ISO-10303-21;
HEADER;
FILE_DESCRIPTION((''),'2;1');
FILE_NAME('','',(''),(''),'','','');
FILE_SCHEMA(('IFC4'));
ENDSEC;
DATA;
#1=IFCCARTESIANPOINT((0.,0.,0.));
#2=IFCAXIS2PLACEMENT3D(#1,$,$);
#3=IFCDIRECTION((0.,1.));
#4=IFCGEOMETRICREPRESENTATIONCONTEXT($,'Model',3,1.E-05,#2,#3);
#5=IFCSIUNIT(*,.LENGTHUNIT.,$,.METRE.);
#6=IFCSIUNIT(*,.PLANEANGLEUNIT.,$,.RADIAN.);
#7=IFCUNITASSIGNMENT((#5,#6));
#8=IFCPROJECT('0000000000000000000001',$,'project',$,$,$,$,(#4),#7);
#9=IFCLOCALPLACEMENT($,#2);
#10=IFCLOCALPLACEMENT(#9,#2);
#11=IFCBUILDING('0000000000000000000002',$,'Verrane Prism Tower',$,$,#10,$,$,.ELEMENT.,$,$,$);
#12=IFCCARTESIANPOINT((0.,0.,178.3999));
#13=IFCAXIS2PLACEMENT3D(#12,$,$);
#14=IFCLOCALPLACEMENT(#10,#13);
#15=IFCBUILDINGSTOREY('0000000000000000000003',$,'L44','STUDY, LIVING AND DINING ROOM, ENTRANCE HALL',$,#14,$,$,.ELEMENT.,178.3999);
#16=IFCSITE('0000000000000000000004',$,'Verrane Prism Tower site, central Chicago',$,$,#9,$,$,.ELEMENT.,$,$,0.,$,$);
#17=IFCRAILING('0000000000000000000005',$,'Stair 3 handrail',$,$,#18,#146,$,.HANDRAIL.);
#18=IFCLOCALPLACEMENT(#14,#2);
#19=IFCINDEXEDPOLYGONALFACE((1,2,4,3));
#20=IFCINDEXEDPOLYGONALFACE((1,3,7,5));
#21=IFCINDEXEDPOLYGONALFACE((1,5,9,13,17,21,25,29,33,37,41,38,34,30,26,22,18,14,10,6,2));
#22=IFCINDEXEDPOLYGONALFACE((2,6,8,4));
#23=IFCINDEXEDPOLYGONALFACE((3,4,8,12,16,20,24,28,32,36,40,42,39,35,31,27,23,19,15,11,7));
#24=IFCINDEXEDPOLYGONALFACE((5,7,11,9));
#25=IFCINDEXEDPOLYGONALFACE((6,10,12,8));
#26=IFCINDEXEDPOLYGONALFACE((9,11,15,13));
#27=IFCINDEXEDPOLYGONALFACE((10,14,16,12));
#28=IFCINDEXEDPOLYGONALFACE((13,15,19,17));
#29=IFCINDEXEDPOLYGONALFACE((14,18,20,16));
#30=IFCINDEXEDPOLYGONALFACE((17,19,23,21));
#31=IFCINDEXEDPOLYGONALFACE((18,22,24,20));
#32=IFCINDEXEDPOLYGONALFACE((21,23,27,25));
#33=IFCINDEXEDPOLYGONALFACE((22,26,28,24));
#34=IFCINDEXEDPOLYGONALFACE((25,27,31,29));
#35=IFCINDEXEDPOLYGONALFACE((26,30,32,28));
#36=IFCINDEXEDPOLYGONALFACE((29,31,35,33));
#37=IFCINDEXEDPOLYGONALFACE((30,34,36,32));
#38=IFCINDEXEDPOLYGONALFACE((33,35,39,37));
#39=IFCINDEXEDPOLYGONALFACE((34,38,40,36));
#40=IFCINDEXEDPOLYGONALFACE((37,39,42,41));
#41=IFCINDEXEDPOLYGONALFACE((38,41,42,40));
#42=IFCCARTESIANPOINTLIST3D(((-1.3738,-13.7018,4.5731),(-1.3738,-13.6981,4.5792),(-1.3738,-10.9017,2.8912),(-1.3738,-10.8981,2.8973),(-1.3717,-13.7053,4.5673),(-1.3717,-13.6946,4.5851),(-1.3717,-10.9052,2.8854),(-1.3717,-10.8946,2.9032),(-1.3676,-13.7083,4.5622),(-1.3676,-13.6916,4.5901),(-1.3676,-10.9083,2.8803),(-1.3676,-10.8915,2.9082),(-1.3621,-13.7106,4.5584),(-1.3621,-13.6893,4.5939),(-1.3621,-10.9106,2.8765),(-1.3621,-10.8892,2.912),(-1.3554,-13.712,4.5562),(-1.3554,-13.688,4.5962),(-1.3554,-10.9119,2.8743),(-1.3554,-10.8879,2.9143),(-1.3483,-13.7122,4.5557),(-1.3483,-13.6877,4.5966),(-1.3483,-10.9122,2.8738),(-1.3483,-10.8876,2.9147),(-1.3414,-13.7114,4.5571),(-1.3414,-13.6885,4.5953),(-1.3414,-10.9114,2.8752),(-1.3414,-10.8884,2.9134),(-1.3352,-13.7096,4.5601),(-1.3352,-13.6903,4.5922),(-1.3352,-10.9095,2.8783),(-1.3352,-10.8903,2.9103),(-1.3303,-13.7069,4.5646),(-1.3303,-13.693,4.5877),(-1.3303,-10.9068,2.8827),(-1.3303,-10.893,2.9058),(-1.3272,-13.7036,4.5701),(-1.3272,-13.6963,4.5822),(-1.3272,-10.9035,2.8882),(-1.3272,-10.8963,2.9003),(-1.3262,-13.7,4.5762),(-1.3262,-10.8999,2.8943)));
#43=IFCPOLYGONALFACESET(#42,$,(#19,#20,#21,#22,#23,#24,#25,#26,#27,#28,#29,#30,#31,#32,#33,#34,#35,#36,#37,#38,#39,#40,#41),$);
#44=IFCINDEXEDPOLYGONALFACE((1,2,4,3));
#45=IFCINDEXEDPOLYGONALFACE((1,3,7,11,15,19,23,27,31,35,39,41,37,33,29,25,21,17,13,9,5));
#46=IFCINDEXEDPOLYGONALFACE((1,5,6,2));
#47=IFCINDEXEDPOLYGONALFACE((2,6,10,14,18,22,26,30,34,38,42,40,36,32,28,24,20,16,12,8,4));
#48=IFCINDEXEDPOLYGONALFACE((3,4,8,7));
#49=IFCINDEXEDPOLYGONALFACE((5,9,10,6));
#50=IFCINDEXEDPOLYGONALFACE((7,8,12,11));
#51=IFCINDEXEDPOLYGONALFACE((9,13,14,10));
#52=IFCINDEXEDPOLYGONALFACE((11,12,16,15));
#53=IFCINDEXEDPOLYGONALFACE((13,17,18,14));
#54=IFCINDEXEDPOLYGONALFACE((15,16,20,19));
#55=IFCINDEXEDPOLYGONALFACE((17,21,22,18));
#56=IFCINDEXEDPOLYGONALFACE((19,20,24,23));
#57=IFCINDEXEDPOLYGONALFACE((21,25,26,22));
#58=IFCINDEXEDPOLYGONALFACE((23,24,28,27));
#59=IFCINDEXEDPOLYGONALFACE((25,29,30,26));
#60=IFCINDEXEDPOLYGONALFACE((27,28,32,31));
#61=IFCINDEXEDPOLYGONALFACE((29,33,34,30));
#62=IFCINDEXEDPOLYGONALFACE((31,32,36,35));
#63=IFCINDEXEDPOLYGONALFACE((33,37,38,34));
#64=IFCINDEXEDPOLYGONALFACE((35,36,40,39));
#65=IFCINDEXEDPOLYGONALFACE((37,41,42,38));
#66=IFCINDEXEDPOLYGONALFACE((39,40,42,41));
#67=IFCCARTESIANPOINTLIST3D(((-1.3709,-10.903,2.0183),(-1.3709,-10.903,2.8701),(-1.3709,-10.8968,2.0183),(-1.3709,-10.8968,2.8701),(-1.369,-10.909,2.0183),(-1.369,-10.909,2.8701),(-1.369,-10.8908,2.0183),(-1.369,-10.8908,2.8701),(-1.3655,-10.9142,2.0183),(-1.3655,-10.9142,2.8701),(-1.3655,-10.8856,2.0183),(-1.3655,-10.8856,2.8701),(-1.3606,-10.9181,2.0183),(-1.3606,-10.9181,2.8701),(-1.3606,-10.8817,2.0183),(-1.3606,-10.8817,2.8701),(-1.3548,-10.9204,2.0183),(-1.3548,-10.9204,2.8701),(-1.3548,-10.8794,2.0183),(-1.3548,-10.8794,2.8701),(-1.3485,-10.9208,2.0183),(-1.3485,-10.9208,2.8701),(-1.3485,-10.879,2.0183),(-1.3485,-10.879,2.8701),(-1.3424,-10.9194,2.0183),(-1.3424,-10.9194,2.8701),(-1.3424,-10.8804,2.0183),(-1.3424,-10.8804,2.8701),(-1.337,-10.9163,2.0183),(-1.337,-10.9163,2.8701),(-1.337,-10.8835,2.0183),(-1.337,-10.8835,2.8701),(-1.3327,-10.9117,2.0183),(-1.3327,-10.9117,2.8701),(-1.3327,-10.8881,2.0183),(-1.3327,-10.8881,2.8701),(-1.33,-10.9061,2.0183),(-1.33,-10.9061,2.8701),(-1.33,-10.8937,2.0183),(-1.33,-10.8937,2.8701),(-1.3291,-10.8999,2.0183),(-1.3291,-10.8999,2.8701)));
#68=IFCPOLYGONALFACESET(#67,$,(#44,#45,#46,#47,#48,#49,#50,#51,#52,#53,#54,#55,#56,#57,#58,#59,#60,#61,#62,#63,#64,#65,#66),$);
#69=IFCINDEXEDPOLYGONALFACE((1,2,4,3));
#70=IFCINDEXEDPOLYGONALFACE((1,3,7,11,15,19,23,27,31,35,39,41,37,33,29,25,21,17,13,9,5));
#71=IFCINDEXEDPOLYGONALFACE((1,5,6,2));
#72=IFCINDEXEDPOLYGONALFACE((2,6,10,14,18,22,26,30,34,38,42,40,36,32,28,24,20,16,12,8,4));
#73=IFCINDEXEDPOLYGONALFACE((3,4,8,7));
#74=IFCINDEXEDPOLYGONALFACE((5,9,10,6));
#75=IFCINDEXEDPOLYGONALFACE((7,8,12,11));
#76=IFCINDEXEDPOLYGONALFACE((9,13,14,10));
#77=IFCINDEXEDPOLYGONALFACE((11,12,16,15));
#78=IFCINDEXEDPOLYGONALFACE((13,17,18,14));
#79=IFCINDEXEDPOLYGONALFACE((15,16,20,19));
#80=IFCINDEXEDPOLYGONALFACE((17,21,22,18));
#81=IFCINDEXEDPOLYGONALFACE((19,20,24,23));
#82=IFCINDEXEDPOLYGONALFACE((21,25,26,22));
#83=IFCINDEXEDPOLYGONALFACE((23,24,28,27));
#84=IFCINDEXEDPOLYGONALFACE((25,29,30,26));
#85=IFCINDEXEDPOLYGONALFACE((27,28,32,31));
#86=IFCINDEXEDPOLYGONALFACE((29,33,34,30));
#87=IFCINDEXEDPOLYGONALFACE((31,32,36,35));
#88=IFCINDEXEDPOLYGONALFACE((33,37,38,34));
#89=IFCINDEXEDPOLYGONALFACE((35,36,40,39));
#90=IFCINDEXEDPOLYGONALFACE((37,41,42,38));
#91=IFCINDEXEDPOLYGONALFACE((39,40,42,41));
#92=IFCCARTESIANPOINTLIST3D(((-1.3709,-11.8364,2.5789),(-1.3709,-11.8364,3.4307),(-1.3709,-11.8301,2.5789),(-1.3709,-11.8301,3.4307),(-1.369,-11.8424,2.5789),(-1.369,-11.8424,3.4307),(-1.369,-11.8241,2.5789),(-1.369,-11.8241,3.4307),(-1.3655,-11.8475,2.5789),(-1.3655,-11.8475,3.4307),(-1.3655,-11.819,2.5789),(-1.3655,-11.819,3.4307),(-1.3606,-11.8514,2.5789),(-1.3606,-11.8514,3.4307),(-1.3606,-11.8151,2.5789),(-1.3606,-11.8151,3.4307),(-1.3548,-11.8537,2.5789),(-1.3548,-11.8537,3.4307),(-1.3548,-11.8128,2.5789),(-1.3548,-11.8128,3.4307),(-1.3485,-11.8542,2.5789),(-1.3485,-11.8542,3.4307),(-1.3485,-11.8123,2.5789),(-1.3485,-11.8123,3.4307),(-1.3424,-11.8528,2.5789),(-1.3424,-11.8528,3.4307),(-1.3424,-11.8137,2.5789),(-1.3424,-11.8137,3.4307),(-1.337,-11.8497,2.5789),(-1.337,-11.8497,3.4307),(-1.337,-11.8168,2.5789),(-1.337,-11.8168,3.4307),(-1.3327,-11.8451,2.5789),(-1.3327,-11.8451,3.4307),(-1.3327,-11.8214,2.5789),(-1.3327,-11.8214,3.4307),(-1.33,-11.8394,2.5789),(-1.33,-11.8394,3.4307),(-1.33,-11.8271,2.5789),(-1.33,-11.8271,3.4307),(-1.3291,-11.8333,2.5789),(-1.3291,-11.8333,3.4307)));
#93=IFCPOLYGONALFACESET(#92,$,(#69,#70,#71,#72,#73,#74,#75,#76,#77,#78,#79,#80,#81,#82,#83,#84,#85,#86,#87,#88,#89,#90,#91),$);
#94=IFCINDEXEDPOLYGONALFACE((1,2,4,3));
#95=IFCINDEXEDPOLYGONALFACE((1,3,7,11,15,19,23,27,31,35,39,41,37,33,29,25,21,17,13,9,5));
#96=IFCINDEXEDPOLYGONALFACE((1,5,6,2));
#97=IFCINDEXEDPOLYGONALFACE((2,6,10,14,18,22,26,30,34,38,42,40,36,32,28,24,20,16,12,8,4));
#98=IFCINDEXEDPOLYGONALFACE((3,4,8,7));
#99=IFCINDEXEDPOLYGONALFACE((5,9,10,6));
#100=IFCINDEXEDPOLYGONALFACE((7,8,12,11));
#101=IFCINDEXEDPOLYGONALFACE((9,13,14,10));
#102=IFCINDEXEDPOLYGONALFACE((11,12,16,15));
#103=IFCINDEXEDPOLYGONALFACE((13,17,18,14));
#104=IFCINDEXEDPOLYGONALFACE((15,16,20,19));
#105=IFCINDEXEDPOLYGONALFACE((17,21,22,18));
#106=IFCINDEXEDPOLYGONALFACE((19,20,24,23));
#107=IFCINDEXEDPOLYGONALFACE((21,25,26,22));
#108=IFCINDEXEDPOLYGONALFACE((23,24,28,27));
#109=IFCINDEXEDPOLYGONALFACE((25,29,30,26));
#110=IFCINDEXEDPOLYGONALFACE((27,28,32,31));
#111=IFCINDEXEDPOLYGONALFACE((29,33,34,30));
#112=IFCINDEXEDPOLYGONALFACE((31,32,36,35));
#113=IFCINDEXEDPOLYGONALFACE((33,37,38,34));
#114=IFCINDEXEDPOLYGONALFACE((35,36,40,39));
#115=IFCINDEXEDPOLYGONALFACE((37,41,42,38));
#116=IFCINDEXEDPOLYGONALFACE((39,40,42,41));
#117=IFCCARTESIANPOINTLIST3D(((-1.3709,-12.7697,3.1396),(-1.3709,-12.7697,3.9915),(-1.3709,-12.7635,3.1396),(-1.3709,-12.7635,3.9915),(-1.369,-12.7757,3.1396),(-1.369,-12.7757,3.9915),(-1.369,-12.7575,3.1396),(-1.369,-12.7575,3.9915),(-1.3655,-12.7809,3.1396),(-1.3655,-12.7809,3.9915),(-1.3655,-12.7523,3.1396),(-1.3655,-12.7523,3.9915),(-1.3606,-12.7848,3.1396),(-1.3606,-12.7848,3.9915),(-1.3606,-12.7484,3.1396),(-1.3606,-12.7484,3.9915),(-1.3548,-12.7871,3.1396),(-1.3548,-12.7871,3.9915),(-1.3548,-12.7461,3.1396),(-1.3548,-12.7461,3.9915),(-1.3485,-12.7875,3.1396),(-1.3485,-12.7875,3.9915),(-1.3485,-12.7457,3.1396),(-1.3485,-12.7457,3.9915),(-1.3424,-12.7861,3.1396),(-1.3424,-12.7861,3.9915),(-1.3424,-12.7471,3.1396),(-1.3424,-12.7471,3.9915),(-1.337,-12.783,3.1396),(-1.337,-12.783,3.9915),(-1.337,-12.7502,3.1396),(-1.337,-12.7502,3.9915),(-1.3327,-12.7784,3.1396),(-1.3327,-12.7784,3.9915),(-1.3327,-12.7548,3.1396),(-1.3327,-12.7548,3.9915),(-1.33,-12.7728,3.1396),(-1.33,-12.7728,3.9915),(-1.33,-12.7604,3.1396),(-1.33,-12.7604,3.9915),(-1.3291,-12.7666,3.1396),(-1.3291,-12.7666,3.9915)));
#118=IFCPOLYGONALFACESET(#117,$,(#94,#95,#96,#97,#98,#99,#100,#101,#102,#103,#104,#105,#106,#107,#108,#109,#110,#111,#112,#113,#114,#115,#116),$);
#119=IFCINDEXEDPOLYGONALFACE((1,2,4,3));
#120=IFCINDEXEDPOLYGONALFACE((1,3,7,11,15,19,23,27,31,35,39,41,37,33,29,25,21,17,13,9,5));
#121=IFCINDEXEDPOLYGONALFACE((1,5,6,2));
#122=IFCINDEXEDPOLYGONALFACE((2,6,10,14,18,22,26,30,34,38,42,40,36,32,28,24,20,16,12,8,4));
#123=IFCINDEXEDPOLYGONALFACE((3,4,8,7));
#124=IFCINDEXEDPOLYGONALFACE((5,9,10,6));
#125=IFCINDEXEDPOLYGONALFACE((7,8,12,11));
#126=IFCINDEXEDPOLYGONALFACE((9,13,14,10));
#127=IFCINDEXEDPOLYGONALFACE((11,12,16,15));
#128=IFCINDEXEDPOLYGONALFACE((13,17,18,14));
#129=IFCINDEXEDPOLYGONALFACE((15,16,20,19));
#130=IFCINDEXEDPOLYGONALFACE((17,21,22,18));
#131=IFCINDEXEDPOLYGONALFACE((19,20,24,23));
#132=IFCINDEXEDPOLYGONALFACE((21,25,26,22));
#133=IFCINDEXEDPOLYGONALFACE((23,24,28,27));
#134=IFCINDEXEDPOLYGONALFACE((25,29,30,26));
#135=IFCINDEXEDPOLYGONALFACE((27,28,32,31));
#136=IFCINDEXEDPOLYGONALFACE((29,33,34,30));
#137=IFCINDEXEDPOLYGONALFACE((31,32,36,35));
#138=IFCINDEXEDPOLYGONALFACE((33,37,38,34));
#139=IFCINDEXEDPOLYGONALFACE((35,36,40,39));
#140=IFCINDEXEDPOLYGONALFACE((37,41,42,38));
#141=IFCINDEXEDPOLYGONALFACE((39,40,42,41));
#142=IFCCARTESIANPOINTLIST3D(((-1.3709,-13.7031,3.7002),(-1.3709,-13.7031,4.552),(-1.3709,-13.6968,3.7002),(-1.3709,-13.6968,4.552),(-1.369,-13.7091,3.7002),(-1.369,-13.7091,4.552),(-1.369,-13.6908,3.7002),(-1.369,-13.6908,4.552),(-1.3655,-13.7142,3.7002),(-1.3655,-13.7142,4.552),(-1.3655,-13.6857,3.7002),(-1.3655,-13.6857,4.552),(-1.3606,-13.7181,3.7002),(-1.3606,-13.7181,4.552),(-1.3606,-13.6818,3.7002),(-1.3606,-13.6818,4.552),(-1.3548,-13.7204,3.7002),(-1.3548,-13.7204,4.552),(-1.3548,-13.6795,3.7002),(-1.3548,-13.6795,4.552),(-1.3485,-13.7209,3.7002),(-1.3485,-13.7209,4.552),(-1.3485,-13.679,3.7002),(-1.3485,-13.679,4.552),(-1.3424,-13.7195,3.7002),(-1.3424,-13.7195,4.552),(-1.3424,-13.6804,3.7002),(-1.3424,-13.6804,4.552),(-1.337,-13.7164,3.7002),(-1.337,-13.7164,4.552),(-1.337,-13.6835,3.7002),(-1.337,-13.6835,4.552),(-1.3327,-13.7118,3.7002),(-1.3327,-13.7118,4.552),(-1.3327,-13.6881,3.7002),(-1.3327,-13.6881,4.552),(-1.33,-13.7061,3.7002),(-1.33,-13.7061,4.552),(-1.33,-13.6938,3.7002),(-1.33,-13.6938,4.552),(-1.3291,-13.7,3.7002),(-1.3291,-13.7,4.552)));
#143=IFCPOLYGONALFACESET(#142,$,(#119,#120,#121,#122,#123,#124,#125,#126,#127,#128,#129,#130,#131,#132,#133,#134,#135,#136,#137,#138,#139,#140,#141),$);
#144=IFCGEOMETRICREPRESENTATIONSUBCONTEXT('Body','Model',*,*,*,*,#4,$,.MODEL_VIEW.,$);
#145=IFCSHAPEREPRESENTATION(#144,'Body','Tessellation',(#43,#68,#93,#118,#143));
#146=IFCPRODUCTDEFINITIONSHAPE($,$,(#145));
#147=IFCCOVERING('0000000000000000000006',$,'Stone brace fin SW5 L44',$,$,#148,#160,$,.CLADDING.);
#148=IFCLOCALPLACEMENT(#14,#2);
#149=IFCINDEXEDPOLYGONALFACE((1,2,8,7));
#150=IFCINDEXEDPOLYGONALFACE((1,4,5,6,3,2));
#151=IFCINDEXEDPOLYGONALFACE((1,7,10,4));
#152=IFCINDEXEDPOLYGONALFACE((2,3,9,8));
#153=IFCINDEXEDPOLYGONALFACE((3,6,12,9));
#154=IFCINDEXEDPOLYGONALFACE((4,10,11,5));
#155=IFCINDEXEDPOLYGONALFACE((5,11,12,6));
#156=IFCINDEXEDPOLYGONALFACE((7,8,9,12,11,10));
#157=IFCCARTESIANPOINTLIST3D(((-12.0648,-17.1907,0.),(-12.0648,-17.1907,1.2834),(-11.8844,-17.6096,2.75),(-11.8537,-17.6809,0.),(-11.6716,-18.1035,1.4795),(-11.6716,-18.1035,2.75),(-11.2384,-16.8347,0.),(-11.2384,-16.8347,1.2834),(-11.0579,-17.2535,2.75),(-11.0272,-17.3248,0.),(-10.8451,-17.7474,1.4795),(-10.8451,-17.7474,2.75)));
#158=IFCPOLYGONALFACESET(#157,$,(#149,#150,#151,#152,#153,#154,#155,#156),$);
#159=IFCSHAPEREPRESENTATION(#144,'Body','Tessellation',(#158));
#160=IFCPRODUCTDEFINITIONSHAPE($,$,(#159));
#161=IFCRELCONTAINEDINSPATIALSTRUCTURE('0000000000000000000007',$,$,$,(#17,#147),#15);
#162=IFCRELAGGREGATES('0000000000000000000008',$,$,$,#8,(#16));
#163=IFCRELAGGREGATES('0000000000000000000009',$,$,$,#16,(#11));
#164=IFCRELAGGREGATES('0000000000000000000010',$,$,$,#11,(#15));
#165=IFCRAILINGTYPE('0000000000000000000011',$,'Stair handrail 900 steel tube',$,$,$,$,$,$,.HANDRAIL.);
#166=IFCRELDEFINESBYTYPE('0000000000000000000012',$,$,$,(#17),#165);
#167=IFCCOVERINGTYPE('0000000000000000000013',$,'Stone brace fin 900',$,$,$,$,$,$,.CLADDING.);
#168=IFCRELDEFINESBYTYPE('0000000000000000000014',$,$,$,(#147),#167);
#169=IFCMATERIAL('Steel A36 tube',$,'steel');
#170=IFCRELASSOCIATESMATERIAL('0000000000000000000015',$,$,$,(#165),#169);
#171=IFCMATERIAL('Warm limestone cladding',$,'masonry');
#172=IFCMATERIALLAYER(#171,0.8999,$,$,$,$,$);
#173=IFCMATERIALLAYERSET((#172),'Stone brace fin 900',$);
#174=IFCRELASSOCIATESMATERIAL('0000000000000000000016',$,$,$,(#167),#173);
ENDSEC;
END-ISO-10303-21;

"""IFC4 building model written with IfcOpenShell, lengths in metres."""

from ifc_helpers import new_model, si_unit, direction, frame, origin, origin_2d, place, context, subcontext, project, spatial, polyline, circle, outline, extrude, material, layer, layer_set, type_object, element, save


model = new_model("IFC4")

# Units and contexts
model_context = context("Model", 3, precision=1e-05, world=origin(), true_north=direction((0.0, 1.0)))
body_context = subcontext(model_context, "Body", "Model", "MODEL_VIEW")
ifc_project = project(units=[si_unit("LENGTHUNIT", "METRE"), si_unit("PLANEANGLEUNIT", "RADIAN")], contexts=[model_context])

# Site, building, storey
site_placement = place(None, origin())
site = spatial("IfcSite", under=ifc_project, at=site_placement, Name="Verrane Prism Tower site, central Chicago", CompositionType="ELEMENT", RefElevation=0.0)
building_placement = place(site_placement, origin())
building = spatial("IfcBuilding", under=site, at=building_placement, Name="Verrane Prism Tower", CompositionType="ELEMENT")
storey_placement = place(building_placement, frame((0.0, 0.0, 178.3999)))
storey = spatial("IfcBuildingStorey", under=building, at=storey_placement, Name="L44", Description="STUDY, LIVING AND DINING ROOM, ENTRANCE HALL", CompositionType="ELEMENT", Elevation=178.3999)

# Railing
ifc_material_1 = material(Name="Steel A36 tube", Category="steel")
railing_type = type_object("IfcRailingType", Name="Stair handrail 900 steel tube", PredefinedType="HANDRAIL", material=ifc_material_1)
railing_placement = place(storey_placement, frame((-1.3501, -10.8999, 2.0183)))
element("IfcRailing", 1, at=railing_placement, inside=storey, type_object=railing_type, Name="Stair 3 handrail", PredefinedType="HANDRAIL", context=body_context, shape_type="SweptSolid", body=[
    extrude(circle(Radius=0.0239, at=origin_2d()), frame((0.0, 0.0, 0.876), z_axis=(0.0, -0.857242, 0.514913), x_axis=(1.0, 0.0, 0.0)), (0.0, 0.0, 1.0), 3.2664),
    extrude(circle(Radius=0.021, at=origin_2d()), origin(), (0.0, 0.0, 1.0), 0.8518),
    extrude(circle(Radius=0.021, at=origin_2d()), frame((0.0, -0.9333, 0.5605)), (0.0, 0.0, 1.0), 0.8518),
    extrude(circle(Radius=0.021, at=origin_2d()), frame((0.0, -1.8667, 1.1213)), (0.0, 0.0, 1.0), 0.8518),
    extrude(circle(Radius=0.021, at=origin_2d()), frame((0.0, -2.8, 1.6819)), (0.0, 0.0, 1.0), 0.8518),
])

# Covering
ifc_material_2 = material(Name="Warm limestone cladding", Category="masonry")
ifc_layer_1 = layer(ifc_material_2, 0.8999)
ifc_layer_set_1 = layer_set([ifc_layer_1], Name="Stone brace fin 900")
covering_type = type_object("IfcCoveringType", Name="Stone brace fin 900", PredefinedType="CLADDING", material=ifc_layer_set_1)
covering_placement = place(storey_placement, frame((-11.6516, -17.0127, 0.0), z_axis=(0.0, 0.0, 1.0), x_axis=(0.395697, -0.918381, 0.0)))
element("IfcCovering", 2, at=covering_placement, inside=storey, type_object=covering_type, Name="Stone brace fin SW5 L44", PredefinedType="CLADDING", context=body_context, shape_type="SweptSolid", body=[
    extrude(outline(polyline([(0.9939, 2.75), (0.4561, 2.75), (0.0, 1.2834), (0.0, 0.0), (0.5337, 0.0), (0.9939, 1.4795), (0.9939, 2.75)])), frame((0.0, 0.45, 0.0), z_axis=(0.0, -1.0, 0.0), x_axis=(1.0, 0.0, 0.0)), (0.0, 0.0, 1.0), 0.8999),
])

save(model, "model.ifc")
